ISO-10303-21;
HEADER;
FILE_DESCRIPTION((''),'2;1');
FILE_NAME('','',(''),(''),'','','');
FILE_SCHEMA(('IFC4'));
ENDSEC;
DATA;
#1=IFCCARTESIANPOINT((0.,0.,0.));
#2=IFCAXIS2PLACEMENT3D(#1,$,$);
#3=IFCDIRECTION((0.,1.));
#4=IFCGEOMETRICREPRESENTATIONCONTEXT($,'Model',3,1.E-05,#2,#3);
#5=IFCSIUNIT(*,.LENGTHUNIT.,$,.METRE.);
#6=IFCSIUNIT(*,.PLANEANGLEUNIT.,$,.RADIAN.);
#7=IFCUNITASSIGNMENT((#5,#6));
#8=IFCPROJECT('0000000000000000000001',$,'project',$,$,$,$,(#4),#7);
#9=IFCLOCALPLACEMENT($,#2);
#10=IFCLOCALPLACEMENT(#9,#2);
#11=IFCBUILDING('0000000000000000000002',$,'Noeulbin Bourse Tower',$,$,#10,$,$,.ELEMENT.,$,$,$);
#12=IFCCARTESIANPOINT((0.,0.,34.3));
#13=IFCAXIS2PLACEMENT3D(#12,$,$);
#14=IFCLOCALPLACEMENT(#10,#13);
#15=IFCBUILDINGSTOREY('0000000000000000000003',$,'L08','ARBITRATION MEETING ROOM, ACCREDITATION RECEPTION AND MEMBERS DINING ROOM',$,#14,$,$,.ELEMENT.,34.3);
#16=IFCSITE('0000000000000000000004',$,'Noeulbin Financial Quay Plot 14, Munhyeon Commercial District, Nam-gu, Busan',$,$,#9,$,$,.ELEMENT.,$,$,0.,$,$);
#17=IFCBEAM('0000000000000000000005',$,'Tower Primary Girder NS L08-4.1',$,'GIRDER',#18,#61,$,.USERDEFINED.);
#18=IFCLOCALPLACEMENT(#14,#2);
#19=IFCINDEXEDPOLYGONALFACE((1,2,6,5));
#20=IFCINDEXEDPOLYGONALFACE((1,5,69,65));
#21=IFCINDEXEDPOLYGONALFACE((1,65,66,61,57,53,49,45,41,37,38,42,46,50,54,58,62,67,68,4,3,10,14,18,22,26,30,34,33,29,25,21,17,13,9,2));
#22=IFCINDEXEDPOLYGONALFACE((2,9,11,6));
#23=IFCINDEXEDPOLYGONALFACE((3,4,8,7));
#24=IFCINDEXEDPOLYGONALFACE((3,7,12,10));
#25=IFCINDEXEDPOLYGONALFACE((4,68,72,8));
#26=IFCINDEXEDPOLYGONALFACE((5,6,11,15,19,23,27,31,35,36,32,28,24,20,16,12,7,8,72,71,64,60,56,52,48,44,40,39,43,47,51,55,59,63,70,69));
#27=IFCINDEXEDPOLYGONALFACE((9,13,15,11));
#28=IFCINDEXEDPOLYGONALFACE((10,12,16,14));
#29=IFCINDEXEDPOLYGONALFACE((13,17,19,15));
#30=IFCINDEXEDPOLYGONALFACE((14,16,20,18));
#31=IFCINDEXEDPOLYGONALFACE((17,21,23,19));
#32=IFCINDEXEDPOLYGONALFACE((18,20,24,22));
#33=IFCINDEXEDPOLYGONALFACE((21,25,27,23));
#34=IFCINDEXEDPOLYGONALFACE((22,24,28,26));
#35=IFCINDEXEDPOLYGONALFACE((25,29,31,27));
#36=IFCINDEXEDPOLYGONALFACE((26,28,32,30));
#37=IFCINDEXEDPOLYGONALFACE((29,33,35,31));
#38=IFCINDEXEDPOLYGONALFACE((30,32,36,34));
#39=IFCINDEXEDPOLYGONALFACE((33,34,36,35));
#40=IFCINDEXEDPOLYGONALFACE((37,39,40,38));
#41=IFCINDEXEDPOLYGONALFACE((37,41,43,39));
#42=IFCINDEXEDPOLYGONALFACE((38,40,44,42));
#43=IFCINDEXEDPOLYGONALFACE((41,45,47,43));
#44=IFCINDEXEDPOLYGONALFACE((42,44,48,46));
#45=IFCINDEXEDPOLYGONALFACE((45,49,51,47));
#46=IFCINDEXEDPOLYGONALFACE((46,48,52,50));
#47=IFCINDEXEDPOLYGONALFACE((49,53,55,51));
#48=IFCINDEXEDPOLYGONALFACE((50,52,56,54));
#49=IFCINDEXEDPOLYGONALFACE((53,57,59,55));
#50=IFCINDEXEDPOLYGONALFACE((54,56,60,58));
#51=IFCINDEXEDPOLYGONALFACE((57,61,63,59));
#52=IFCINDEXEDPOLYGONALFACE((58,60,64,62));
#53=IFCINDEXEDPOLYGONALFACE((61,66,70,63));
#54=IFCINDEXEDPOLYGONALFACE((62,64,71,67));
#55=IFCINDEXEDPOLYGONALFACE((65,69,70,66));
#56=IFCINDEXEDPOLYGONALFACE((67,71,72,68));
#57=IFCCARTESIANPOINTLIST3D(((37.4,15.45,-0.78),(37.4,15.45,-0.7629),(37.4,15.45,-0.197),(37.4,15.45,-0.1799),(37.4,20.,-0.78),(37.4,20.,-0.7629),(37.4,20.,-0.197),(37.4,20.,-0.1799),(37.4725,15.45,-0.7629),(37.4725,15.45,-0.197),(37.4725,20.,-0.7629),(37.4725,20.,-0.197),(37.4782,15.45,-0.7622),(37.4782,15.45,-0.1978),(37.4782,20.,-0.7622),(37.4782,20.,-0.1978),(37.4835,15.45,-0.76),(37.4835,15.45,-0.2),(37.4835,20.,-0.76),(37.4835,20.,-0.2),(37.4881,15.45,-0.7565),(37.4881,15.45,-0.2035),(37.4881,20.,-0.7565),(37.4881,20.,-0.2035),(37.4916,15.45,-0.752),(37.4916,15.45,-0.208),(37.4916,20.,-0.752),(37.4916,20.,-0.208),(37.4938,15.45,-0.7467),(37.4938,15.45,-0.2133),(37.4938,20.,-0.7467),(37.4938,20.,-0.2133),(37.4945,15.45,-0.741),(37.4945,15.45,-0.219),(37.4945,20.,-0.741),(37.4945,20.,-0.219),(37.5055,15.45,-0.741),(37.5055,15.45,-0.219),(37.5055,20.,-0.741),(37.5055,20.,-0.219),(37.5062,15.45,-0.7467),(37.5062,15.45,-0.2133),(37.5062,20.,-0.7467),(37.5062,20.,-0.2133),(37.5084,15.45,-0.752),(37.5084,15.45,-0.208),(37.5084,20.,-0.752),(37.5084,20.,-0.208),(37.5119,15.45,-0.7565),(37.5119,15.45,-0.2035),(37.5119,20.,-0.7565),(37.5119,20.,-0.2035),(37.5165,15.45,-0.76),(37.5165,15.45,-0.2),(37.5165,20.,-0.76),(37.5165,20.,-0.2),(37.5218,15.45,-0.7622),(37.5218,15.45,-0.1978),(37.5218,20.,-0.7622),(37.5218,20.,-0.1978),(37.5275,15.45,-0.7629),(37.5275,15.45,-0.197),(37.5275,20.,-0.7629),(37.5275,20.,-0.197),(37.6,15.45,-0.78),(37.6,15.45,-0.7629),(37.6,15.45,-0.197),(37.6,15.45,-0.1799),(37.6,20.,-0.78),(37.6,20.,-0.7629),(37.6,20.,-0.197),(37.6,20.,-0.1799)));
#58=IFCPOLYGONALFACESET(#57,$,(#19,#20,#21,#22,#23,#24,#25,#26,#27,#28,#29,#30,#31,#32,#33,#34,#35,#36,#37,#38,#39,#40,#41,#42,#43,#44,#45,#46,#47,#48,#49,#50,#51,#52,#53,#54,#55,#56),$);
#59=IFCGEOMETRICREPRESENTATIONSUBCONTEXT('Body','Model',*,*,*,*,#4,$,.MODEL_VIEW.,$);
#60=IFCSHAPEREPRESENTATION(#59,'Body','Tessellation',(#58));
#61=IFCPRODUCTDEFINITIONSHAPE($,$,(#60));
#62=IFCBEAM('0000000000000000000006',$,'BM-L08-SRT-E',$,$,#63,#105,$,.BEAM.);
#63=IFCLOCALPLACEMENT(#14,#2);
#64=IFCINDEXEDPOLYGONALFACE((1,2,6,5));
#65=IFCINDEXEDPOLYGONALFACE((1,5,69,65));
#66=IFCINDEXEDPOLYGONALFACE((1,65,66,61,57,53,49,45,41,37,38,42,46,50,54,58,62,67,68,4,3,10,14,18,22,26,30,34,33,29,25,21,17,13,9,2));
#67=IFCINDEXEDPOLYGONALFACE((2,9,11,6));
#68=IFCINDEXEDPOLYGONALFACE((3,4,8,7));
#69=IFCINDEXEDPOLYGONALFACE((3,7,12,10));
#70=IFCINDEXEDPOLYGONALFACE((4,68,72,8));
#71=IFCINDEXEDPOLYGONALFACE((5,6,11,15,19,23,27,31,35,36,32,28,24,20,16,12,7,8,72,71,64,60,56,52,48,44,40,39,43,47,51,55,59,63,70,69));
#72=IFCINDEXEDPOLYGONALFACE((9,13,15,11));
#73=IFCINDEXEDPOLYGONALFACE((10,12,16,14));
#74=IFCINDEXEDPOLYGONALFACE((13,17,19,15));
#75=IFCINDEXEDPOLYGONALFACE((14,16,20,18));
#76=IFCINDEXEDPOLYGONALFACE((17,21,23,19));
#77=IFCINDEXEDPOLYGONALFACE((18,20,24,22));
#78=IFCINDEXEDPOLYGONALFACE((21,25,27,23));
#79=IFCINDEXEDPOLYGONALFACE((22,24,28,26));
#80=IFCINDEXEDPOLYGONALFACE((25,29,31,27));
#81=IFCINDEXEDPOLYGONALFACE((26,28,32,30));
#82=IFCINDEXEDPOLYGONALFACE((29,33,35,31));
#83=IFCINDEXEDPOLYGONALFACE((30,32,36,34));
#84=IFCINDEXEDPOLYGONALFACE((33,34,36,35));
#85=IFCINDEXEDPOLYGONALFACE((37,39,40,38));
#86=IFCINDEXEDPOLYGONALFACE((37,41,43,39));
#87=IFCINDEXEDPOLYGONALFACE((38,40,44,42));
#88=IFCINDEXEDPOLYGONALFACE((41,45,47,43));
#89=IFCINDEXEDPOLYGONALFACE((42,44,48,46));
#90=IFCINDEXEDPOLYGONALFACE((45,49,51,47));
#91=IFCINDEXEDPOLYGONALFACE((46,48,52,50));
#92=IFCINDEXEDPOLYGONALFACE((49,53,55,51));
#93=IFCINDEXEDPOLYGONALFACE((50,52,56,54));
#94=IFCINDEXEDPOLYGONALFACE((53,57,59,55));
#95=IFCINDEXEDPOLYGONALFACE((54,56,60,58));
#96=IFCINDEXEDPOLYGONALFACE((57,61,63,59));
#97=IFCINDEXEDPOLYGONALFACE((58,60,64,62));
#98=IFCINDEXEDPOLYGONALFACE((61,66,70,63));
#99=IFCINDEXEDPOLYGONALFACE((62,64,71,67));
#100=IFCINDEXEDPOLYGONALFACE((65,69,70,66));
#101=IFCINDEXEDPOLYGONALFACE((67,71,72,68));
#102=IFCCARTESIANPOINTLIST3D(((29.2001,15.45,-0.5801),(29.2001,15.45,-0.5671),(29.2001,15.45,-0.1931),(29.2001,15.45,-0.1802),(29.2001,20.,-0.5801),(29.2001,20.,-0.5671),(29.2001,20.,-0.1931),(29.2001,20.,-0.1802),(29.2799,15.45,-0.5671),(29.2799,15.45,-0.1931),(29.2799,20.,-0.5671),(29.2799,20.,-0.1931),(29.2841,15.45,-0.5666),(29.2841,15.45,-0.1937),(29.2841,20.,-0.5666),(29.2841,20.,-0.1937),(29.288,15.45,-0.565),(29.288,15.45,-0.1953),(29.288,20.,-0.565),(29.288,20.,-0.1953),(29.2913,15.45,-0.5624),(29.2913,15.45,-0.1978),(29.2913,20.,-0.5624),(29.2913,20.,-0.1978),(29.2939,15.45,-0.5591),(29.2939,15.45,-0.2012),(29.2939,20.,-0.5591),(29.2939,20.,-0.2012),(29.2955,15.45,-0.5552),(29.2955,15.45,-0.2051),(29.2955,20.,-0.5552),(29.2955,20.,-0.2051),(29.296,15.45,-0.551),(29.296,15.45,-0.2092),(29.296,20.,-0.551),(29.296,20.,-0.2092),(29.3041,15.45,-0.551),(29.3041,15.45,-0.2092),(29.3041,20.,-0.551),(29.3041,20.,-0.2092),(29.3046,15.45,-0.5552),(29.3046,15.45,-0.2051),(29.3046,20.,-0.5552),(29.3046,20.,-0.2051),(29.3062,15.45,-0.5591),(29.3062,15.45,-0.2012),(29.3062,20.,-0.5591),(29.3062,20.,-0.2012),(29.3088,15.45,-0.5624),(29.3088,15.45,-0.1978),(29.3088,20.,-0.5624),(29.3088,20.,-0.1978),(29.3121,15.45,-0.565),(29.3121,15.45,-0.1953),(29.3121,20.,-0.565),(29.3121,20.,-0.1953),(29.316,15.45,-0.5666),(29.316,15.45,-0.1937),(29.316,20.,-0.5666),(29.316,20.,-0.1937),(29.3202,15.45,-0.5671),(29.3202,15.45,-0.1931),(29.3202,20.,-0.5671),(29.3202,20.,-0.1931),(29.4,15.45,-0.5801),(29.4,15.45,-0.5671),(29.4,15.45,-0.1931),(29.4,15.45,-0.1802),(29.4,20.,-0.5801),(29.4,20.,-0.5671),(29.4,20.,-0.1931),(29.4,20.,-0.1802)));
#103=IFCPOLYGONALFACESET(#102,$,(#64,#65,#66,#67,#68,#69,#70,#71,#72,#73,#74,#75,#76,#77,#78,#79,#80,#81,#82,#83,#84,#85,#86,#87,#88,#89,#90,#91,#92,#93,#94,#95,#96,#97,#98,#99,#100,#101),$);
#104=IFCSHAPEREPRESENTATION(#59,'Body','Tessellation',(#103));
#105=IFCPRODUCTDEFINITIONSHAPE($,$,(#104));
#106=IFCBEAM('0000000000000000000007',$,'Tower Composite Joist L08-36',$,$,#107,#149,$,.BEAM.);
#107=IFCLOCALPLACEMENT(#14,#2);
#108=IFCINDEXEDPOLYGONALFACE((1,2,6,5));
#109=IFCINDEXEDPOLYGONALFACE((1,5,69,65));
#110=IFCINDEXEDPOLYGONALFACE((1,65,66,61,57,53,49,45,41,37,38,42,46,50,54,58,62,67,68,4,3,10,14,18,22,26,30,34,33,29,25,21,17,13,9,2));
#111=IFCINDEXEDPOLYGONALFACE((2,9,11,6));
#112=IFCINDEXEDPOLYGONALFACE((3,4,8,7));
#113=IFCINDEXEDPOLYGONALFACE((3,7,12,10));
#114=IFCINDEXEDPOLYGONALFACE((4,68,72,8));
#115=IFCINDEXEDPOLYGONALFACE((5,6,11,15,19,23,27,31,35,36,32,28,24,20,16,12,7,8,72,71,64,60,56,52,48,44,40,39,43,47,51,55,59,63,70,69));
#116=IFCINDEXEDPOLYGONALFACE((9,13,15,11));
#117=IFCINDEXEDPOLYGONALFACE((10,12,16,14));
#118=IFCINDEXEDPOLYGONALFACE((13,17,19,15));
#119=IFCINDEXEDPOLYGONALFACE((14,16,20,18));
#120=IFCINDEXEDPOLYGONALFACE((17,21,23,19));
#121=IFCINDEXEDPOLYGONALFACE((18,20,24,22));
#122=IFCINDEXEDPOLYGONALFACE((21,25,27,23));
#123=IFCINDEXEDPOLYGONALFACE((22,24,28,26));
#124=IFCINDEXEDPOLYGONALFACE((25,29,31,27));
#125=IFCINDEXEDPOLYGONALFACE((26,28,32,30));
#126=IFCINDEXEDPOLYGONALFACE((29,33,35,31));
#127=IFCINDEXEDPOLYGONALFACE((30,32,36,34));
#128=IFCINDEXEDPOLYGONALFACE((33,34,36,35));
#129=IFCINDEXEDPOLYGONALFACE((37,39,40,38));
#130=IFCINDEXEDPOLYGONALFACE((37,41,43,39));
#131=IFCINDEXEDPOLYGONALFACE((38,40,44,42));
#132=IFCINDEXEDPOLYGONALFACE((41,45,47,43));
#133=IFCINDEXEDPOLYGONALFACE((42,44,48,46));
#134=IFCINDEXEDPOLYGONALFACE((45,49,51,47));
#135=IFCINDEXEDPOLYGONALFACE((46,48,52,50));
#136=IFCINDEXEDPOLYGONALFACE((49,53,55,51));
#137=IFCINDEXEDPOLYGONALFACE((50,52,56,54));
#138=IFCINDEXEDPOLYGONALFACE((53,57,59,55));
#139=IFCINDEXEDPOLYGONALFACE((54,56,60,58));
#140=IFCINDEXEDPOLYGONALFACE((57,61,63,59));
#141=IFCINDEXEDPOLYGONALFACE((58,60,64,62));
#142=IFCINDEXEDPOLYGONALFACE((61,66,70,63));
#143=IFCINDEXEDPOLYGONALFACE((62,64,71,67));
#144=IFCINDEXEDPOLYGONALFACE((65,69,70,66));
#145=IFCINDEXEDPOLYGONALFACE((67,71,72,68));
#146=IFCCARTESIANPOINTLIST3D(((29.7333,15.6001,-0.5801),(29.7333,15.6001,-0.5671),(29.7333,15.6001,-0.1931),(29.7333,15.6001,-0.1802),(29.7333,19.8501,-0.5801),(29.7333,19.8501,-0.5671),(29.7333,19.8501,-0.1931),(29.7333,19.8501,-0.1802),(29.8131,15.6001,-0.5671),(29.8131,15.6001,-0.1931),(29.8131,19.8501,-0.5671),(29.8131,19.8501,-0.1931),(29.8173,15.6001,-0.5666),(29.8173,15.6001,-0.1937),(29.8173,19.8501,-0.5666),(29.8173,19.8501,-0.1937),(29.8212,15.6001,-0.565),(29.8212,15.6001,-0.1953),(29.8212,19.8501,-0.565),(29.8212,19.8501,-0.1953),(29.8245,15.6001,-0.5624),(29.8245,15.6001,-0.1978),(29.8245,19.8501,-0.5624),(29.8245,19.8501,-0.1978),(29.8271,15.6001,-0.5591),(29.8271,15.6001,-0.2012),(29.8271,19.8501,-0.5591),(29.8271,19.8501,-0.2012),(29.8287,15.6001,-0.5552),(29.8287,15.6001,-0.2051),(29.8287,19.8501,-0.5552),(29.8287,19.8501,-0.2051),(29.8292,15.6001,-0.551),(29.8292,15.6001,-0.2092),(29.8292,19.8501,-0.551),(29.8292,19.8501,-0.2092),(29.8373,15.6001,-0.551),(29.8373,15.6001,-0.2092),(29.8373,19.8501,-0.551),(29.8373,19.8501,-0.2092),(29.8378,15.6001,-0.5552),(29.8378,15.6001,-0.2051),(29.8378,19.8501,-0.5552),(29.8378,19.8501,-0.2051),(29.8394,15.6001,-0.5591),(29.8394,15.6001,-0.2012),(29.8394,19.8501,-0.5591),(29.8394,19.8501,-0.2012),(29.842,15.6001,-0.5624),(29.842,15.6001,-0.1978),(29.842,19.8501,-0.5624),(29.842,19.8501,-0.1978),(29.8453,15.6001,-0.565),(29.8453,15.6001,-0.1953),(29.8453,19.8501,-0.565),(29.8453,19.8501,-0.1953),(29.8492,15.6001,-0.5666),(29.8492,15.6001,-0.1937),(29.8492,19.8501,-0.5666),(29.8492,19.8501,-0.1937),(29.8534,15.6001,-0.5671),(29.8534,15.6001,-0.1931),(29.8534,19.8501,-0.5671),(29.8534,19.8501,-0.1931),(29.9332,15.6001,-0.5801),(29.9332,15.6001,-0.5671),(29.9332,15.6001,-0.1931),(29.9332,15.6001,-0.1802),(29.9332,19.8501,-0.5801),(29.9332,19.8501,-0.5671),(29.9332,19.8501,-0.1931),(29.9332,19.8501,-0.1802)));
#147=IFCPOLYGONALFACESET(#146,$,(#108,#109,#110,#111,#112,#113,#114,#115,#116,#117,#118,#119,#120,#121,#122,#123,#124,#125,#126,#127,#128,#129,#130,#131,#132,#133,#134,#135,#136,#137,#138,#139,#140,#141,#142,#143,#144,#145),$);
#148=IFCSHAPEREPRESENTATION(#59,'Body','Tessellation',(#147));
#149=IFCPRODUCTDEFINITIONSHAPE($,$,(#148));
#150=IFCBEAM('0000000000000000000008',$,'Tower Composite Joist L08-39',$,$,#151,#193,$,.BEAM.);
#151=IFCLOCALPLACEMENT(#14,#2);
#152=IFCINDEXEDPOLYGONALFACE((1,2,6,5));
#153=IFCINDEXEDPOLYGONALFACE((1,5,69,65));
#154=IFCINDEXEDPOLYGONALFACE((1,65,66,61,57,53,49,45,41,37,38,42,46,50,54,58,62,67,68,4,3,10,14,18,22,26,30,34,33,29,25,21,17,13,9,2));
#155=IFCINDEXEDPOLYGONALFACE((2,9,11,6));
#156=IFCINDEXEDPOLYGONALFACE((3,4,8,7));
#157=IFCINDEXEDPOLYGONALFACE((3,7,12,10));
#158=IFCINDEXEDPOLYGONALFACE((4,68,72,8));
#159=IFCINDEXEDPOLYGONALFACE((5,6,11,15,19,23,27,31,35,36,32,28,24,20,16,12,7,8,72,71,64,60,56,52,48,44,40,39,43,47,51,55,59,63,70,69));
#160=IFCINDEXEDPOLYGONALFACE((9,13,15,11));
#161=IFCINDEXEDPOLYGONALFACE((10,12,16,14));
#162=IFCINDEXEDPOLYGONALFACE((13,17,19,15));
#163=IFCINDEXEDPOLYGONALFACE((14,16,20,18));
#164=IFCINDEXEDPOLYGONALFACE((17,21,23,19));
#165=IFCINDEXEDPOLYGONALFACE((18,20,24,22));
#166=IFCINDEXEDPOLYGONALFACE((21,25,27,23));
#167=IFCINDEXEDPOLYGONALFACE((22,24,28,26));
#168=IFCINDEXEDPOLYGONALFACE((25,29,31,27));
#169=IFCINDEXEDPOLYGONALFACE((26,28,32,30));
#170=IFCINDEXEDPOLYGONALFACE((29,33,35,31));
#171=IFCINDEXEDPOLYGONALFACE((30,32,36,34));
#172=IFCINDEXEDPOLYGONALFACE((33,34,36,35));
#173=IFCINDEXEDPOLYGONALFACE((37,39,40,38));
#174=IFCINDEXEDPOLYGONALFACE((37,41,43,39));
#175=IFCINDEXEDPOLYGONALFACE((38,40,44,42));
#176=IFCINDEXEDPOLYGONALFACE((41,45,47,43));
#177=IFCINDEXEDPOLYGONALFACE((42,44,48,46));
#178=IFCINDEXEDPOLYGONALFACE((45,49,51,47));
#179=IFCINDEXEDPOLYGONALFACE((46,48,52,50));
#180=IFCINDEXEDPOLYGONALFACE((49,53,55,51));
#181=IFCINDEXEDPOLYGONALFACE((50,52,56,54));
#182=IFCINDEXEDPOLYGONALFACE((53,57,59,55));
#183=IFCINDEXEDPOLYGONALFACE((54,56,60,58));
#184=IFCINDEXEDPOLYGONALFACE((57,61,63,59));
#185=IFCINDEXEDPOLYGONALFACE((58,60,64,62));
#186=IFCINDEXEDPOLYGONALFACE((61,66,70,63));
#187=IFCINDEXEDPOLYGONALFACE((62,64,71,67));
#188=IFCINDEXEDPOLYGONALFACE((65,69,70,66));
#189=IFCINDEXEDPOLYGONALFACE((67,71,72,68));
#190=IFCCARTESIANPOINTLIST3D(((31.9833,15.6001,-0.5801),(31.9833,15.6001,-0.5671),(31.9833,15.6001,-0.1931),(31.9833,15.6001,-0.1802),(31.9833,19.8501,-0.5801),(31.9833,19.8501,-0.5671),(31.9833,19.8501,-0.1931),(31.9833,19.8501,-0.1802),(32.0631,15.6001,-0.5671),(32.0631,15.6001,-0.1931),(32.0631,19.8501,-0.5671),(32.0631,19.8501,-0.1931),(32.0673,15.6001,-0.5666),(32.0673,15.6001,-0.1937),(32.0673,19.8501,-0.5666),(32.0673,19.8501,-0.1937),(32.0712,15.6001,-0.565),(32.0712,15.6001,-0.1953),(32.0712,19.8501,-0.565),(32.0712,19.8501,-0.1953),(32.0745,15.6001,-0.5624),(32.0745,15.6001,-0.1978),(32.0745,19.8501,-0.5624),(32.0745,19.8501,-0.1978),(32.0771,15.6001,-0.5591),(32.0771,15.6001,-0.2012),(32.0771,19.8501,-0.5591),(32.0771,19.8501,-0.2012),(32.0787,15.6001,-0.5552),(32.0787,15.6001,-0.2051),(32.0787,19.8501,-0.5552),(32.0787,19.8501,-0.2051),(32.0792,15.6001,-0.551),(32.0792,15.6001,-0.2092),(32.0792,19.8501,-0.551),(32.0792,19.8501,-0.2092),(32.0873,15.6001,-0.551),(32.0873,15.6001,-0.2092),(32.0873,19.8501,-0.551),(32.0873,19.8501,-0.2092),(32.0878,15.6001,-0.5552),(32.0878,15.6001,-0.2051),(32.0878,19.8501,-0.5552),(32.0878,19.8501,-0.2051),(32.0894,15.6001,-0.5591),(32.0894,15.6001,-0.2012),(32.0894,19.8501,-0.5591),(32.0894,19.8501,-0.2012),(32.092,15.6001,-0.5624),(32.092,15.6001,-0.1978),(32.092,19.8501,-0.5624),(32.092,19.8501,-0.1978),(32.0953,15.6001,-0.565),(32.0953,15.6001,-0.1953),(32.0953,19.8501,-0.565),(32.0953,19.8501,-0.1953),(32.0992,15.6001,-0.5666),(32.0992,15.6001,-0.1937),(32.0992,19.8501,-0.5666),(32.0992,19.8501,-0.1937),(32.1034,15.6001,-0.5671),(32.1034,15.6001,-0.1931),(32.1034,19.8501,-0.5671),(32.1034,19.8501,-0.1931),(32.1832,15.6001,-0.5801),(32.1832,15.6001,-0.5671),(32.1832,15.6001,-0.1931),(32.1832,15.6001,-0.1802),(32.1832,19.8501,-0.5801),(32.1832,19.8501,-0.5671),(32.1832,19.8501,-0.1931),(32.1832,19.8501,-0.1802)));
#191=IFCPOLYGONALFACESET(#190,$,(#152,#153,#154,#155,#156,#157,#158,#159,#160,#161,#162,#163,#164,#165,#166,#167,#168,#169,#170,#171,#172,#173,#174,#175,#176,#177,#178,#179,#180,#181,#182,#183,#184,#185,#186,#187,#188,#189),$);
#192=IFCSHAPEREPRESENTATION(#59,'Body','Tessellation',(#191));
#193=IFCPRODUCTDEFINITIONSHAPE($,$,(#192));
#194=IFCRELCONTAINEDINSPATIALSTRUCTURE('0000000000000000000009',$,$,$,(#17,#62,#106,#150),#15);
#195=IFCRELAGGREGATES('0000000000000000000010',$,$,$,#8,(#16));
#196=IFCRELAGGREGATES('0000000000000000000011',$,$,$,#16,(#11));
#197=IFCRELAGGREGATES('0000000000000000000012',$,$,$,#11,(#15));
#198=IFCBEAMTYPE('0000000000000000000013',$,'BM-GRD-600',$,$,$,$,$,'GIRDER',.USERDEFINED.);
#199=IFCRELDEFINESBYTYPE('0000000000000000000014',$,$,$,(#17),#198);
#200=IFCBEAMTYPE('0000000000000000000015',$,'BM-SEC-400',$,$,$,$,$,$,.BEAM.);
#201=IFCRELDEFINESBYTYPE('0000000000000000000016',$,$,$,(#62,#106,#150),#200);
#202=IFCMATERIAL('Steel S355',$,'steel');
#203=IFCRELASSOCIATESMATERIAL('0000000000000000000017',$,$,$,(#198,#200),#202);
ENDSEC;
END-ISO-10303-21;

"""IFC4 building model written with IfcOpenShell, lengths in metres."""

from ifc_helpers import new_model, si_unit, direction, frame, origin, origin_2d, place, context, subcontext, project, spatial, i_section, extrude, material, material_profile, profile_set, type_object, element, save


model = new_model("IFC4")

# Units and contexts
model_context = context("Model", 3, precision=1e-05, world=origin(), true_north=direction((0.0, 1.0)))
body_context = subcontext(model_context, "Body", "Model", "MODEL_VIEW")
ifc_project = project(units=[si_unit("LENGTHUNIT", "METRE"), si_unit("PLANEANGLEUNIT", "RADIAN")], contexts=[model_context])

# Site, building, storey
site_placement = place(None, origin())
site = spatial("IfcSite", under=ifc_project, at=site_placement, Name="Noeulbin Financial Quay Plot 14, Munhyeon Commercial District, Nam-gu, Busan", CompositionType="ELEMENT", RefElevation=0.0)
building_placement = place(site_placement, origin())
building = spatial("IfcBuilding", under=site, at=building_placement, Name="Noeulbin Bourse Tower", CompositionType="ELEMENT")
storey_placement = place(building_placement, frame((0.0, 0.0, 34.3)))
storey = spatial("IfcBuildingStorey", under=building, at=storey_placement, Name="L08", Description="ARBITRATION MEETING ROOM, ACCREDITATION RECEPTION AND MEMBERS DINING ROOM", CompositionType="ELEMENT", Elevation=34.3)

# Beams
ifc_material_1 = material(Name="Steel S355", Category="steel")
ifc_material_profile_1 = material_profile(ifc_material_1, i_section(OverallWidth=0.2, OverallDepth=0.6001, WebThickness=0.011, FlangeThickness=0.0171, FilletRadius=0.022, at=origin_2d()), Name="H-600x200x11x17", Category="LoadBearing")
ifc_profile_set_1 = profile_set([ifc_material_profile_1], Name="Steel S355")
beam_type_1 = type_object("IfcBeamType", Name="BM-GRD-600", ElementType="GIRDER", PredefinedType="USERDEFINED", material=ifc_profile_set_1)
for number, where, z_axis, x_axis, name in (
    (1, (37.5, 15.45, -0.48), (0.0, 1.0, 0.0), (-1.0, 0.0, 0.0), "Tower Primary Girder NS L08-4.1"),
):
    element("IfcBeam", number, at=place(storey_placement, frame(where, z_axis=z_axis, x_axis=x_axis)), inside=storey, type_object=beam_type_1, Name=name, ObjectType="GIRDER", PredefinedType="USERDEFINED", context=body_context, shape_type="SweptSolid", body=[
        extrude(i_section(OverallWidth=0.2, OverallDepth=0.6001, WebThickness=0.011, FlangeThickness=0.0171, FilletRadius=0.022, at=origin_2d()), origin(), (0.0, 0.0, 1.0), 4.55),
    ])
ifc_material_profile_2 = material_profile(ifc_material_1, i_section(OverallWidth=0.2, OverallDepth=0.3999, WebThickness=0.0081, FlangeThickness=0.0129, FilletRadius=0.0161, at=origin_2d()), Name="H-400x200x8x13", Category="LoadBearing")
ifc_profile_set_2 = profile_set([ifc_material_profile_2], Name="Steel S355")
beam_type_2 = type_object("IfcBeamType", Name="BM-SEC-400", PredefinedType="BEAM", material=ifc_profile_set_2)
beam_1_placement = place(storey_placement, frame((29.3, 15.45, -0.3801), z_axis=(0.0, 1.0, 0.0), x_axis=(-1.0, 0.0, 0.0)))
element("IfcBeam", 2, at=beam_1_placement, inside=storey, type_object=beam_type_2, Name="BM-L08-SRT-E", PredefinedType="BEAM", context=body_context, shape_type="SweptSolid", body=[
    extrude(i_section(OverallWidth=0.2, OverallDepth=0.3999, WebThickness=0.0081, FlangeThickness=0.0129, FilletRadius=0.0161, at=origin_2d()), origin(), (0.0, 0.0, 1.0), 4.55),
])
for number, where, z_axis, x_axis, name in (
    (3, (29.8333, 15.6001, -0.3801), (0.0, 1.0, 0.0), (-1.0, 0.0, 0.0), "Tower Composite Joist L08-36"),
    (4, (32.0833, 15.6001, -0.3801), (0.0, 1.0, 0.0), (-1.0, 0.0, 0.0), "Tower Composite Joist L08-39"),
):
    element("IfcBeam", number, at=place(storey_placement, frame(where, z_axis=z_axis, x_axis=x_axis)), inside=storey, type_object=beam_type_2, Name=name, PredefinedType="BEAM", context=body_context, shape_type="SweptSolid", body=[
        extrude(i_section(OverallWidth=0.2, OverallDepth=0.3999, WebThickness=0.0081, FlangeThickness=0.0129, FilletRadius=0.0161, at=origin_2d()), origin(), (0.0, 0.0, 1.0), 4.25),
    ])

save(model, "model.ifc")
